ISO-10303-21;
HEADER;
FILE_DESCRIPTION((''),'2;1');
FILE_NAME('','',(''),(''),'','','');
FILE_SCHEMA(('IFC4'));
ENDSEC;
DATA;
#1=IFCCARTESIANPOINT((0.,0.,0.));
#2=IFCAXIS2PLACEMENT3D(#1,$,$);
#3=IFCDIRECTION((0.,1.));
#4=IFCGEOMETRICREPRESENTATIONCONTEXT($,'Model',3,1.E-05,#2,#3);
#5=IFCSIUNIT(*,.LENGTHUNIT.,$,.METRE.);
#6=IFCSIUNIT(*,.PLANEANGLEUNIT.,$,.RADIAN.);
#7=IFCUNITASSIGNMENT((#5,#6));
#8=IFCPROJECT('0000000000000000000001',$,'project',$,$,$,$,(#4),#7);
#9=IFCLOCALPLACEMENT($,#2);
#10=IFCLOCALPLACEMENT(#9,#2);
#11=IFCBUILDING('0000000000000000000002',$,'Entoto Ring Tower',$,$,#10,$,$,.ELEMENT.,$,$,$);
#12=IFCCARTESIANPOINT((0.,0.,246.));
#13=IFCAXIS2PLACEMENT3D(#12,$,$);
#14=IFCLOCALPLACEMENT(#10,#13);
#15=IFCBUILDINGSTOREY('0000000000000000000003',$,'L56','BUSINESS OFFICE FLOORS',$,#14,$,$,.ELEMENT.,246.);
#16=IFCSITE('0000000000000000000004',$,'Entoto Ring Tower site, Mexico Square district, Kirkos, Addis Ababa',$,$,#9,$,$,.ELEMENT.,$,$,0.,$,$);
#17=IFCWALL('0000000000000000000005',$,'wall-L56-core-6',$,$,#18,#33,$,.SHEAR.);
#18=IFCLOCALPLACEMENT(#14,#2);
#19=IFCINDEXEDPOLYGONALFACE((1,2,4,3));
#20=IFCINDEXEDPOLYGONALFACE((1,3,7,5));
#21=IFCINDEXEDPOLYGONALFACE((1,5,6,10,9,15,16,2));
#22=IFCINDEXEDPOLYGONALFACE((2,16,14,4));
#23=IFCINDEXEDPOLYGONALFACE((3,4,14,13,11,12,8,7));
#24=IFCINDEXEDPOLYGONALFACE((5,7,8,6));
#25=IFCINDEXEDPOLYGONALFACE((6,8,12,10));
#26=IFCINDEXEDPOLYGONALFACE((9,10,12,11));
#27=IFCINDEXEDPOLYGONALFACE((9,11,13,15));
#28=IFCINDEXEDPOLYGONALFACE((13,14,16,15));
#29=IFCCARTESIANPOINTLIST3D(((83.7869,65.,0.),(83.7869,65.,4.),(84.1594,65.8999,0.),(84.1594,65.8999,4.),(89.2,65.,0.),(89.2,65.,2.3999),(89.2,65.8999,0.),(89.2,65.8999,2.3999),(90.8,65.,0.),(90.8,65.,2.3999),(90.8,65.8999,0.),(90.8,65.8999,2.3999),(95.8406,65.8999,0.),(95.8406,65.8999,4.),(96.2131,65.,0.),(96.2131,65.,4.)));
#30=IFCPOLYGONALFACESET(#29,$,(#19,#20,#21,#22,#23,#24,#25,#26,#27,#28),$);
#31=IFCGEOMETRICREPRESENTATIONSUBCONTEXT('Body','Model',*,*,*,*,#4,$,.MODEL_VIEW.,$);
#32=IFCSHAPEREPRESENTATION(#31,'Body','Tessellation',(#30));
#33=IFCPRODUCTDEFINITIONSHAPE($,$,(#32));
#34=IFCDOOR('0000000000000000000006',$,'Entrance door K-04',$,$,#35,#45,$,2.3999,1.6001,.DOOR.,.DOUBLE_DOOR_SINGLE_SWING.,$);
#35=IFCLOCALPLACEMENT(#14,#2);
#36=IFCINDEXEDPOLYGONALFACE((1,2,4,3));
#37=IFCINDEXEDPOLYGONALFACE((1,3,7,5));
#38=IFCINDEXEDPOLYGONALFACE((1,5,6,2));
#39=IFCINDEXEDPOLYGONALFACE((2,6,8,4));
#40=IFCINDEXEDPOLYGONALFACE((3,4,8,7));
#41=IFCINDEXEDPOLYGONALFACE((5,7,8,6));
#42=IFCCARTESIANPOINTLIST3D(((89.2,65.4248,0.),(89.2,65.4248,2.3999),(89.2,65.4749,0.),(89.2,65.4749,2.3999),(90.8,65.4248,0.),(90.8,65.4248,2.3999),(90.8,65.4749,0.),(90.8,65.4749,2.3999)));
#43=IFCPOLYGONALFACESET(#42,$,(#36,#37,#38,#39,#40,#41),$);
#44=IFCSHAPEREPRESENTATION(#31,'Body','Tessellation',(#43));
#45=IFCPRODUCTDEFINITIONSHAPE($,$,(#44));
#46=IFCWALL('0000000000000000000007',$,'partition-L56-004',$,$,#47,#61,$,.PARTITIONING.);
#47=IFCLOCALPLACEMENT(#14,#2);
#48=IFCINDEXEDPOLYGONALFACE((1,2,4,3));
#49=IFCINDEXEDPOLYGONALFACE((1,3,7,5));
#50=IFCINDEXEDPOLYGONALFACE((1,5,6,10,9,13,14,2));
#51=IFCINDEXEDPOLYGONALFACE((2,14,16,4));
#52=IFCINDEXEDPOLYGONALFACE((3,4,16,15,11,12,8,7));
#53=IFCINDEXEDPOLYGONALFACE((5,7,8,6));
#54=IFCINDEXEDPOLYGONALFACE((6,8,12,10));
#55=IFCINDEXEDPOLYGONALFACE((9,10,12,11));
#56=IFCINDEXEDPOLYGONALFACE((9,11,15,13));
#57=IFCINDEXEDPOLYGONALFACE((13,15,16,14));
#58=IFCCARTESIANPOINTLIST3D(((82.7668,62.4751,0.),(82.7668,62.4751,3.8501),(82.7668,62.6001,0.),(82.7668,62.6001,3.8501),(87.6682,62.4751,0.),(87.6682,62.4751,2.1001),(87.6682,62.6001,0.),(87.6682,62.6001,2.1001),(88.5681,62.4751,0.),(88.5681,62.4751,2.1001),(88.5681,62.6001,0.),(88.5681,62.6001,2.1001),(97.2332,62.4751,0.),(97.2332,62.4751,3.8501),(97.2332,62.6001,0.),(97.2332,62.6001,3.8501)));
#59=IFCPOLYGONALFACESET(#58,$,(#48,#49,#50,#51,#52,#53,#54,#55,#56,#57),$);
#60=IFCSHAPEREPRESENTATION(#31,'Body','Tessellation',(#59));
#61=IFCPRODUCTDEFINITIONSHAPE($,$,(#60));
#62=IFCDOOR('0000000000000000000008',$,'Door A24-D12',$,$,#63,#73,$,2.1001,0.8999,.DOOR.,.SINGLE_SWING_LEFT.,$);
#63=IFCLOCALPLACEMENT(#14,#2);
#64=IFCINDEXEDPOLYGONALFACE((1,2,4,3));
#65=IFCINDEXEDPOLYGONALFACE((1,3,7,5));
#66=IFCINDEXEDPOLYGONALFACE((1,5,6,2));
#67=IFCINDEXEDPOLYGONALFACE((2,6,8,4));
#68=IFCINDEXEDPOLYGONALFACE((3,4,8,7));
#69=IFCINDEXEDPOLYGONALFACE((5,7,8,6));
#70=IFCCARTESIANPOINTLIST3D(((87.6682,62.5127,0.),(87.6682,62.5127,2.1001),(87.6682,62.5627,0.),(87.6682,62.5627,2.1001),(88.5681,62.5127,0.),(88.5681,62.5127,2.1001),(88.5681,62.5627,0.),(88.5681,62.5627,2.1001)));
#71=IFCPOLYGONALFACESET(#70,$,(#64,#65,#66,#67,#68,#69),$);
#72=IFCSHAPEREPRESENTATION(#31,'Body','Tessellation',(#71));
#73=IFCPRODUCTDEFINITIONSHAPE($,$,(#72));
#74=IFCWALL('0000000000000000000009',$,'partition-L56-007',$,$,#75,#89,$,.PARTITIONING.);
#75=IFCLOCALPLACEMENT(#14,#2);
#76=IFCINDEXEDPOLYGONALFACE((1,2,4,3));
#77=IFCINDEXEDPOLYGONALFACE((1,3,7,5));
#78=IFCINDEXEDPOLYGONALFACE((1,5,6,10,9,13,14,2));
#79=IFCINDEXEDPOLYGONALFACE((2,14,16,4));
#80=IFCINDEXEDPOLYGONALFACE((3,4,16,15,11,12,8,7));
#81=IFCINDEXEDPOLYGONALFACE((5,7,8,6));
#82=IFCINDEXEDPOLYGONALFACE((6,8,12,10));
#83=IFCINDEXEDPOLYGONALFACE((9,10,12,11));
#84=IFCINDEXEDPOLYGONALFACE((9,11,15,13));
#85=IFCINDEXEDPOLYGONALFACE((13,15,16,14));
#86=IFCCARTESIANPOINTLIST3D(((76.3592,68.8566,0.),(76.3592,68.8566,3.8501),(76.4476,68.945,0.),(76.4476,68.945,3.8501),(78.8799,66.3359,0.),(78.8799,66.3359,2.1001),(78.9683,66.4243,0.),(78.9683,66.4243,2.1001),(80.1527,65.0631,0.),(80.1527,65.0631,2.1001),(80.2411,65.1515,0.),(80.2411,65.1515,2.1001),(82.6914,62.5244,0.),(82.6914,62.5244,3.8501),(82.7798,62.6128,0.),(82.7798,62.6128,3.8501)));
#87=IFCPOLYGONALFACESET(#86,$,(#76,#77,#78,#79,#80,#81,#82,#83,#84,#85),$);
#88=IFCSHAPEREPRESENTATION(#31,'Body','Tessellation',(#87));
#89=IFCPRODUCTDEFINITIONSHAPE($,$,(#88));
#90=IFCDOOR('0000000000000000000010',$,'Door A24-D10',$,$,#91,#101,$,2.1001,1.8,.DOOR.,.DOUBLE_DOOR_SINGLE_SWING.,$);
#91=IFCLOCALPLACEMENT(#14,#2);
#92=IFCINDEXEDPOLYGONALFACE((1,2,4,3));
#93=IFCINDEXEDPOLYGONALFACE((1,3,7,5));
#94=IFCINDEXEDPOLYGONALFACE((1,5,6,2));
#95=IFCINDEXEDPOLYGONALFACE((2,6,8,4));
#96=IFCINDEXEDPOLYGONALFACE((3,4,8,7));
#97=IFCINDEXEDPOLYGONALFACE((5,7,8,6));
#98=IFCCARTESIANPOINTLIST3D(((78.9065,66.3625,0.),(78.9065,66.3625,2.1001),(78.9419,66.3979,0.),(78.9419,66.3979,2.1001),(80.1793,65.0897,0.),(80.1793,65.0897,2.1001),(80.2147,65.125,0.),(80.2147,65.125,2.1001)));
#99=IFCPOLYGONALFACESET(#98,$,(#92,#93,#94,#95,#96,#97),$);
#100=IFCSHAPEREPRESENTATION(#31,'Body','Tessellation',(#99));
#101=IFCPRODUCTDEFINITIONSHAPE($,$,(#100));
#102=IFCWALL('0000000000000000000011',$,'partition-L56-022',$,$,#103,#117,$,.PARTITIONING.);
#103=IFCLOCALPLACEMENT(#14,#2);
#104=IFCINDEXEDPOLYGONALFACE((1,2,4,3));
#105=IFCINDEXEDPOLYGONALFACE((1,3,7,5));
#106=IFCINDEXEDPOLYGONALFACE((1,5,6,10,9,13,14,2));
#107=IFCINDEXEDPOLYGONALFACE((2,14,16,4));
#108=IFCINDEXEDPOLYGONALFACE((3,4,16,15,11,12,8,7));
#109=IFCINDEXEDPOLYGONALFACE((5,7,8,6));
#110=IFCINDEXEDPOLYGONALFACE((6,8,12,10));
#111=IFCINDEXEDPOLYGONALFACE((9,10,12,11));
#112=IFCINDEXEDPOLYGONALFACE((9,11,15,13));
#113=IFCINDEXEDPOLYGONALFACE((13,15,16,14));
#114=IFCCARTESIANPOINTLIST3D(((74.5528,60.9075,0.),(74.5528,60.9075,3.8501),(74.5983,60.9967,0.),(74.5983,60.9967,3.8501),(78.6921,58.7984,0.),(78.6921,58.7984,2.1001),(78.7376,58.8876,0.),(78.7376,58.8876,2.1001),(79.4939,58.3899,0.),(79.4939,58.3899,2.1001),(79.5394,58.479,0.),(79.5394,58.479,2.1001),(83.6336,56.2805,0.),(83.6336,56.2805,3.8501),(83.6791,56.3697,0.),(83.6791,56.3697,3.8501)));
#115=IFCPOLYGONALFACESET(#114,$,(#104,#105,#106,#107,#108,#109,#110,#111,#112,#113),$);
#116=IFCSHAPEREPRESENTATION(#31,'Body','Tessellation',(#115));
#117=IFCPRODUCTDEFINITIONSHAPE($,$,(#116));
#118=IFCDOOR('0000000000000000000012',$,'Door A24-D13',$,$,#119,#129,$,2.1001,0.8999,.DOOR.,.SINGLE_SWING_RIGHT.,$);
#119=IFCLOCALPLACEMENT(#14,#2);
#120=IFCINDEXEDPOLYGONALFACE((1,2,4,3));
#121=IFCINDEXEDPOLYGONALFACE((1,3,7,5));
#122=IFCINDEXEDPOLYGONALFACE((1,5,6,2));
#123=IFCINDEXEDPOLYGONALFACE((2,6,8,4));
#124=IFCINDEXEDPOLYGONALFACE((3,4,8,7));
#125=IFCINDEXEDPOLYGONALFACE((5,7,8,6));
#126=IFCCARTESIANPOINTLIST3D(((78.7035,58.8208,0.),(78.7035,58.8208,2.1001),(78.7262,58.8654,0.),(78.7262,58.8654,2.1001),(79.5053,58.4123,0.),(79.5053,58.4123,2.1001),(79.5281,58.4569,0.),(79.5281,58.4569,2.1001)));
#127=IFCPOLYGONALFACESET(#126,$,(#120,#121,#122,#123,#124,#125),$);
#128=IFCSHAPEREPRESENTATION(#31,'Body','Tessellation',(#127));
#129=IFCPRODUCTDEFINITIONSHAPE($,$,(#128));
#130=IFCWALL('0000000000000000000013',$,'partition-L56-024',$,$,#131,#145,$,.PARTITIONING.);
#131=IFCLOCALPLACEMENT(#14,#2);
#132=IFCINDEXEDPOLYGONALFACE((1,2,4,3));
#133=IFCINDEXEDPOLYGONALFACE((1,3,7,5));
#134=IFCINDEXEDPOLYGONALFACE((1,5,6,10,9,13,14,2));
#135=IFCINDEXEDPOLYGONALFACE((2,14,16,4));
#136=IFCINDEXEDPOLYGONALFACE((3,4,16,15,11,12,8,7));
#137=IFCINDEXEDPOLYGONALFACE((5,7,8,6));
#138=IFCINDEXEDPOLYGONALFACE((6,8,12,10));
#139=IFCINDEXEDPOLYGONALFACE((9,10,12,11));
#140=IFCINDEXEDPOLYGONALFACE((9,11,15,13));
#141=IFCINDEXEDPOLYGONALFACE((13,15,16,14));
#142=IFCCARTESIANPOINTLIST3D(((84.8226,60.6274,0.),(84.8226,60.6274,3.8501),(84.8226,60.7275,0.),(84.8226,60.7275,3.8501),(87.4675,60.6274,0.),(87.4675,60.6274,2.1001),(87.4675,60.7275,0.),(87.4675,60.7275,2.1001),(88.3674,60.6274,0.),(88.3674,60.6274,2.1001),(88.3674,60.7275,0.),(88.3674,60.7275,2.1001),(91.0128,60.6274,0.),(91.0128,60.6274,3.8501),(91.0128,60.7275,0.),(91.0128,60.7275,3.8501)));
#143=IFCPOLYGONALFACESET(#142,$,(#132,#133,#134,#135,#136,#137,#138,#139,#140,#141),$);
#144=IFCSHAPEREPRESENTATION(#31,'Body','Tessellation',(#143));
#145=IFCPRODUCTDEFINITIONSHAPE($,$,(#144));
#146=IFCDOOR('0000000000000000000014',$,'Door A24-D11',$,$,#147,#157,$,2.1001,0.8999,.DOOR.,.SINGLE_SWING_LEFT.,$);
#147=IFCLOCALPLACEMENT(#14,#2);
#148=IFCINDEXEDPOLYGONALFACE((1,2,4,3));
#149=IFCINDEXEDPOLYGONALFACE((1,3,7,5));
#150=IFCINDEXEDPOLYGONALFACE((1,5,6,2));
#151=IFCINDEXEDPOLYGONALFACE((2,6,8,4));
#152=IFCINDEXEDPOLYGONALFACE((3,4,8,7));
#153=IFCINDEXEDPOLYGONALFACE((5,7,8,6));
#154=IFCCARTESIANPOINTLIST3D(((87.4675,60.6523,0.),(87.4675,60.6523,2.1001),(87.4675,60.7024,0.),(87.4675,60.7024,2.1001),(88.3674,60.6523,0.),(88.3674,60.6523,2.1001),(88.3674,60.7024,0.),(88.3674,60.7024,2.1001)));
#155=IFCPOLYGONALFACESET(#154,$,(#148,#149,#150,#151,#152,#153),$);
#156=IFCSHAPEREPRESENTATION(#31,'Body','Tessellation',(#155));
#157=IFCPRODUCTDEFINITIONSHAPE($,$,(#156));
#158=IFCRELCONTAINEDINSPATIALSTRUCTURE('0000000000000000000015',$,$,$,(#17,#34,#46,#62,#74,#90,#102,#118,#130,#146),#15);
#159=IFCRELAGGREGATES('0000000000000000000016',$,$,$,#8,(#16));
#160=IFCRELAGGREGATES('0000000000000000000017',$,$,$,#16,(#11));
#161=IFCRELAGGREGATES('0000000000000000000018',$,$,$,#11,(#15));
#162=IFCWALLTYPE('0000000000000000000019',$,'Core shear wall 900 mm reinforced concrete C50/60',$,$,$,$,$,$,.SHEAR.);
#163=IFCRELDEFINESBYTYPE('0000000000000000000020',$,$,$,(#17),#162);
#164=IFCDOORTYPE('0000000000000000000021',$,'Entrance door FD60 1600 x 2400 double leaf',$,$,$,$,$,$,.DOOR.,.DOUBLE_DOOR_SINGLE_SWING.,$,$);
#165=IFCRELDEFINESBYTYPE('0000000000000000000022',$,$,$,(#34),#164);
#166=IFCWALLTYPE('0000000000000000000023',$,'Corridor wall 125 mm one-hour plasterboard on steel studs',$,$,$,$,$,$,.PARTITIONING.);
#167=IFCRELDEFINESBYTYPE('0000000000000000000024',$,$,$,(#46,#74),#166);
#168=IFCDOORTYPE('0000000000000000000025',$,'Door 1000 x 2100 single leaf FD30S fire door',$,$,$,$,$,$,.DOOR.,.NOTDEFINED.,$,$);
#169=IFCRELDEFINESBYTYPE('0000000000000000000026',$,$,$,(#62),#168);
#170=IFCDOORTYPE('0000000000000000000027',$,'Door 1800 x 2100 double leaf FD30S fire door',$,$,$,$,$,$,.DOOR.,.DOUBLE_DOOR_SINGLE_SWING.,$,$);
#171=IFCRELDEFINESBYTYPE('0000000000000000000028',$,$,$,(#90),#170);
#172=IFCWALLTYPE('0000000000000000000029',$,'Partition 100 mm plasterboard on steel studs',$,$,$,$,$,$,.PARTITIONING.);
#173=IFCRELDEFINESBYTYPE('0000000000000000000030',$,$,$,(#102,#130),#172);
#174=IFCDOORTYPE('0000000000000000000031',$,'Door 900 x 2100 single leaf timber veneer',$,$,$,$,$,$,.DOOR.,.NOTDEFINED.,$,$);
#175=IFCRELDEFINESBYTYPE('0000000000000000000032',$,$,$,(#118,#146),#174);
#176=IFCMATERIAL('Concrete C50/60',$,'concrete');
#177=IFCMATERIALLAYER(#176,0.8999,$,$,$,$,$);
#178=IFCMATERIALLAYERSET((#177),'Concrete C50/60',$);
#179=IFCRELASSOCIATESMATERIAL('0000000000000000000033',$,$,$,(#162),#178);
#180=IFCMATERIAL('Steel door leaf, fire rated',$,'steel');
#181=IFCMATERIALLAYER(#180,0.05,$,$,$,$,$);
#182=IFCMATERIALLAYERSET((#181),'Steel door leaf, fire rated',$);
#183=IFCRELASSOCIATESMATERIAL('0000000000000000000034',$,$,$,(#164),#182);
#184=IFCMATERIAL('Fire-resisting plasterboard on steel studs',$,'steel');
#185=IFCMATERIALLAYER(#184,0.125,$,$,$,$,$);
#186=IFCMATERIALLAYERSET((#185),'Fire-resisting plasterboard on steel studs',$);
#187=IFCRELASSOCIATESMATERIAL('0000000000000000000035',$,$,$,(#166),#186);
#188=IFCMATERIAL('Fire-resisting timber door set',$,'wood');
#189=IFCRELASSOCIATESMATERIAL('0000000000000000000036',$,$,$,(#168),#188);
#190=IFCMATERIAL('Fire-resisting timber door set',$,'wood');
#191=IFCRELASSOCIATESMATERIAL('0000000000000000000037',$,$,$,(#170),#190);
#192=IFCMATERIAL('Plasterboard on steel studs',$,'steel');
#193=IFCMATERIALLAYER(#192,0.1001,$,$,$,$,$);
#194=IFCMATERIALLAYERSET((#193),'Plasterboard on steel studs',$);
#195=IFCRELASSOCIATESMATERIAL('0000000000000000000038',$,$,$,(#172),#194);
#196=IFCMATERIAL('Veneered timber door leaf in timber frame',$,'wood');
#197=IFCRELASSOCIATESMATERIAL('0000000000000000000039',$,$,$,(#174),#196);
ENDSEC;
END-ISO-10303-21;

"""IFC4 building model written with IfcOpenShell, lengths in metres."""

from ifc_helpers import new_model, si_unit, direction, frame, frame_2d, origin, place, context, subcontext, project, spatial, polyline, rectangle, outline, extrude, material, layer, layer_set, type_object, element, fill, save


model = new_model("IFC4")

# Units and contexts
model_context = context("Model", 3, precision=1e-05, world=origin(), true_north=direction((0.0, 1.0)))
body_context = subcontext(model_context, "Body", "Model", "MODEL_VIEW")
ifc_project = project(units=[si_unit("LENGTHUNIT", "METRE"), si_unit("PLANEANGLEUNIT", "RADIAN")], contexts=[model_context])

# Site, building, storey
site_placement = place(None, origin())
site = spatial("IfcSite", under=ifc_project, at=site_placement, Name="Entoto Ring Tower site, Mexico Square district, Kirkos, Addis Ababa", CompositionType="ELEMENT", RefElevation=0.0)
building_placement = place(site_placement, origin())
building = spatial("IfcBuilding", under=site, at=building_placement, Name="Entoto Ring Tower", CompositionType="ELEMENT")
storey_placement = place(building_placement, frame((0.0, 0.0, 246.0)))
storey = spatial("IfcBuildingStorey", under=building, at=storey_placement, Name="L56", Description="BUSINESS OFFICE FLOORS", CompositionType="ELEMENT", Elevation=246.0)

# Walls, openings, doors
ifc_material_1 = material(Name="Concrete C50/60", Category="concrete")
ifc_layer_1 = layer(ifc_material_1, 0.8999)
ifc_layer_set_1 = layer_set([ifc_layer_1], Name="Concrete C50/60")
wall_type_1 = type_object("IfcWallType", Name="Core shear wall 900 mm reinforced concrete C50/60", PredefinedType="SHEAR", material=ifc_layer_set_1)
wall_1_placement = place(storey_placement, frame((83.9731, 65.45, 0.0), z_axis=(0.0, 0.0, 1.0), x_axis=(1.0, 0.0, 0.0)))
wall_1 = element("IfcWall", 1, at=wall_1_placement, inside=storey, type_object=wall_type_1, Name="wall-L56-core-6", PredefinedType="SHEAR", context=body_context, shape_type="SweptSolid", body=[
    extrude(outline(polyline([(-0.1863, -0.45), (12.24, -0.45), (11.8674, 0.45), (0.1863, 0.45), (-0.1863, -0.45)])), origin(), (0.0, 0.0, 1.0), 4.0),
])
opening_1_placement = place(wall_1_placement, frame((5.2268, 0.0, 0.0)))
opening_1 = element("IfcOpeningElement", 2, at=opening_1_placement, cuts=wall_1, PredefinedType="OPENING", context=body_context, shape_type="SweptSolid", body=[
    extrude(rectangle(XDim=1.6001, YDim=2.3999, at=frame_2d((0.8, 1.2))), frame((0.0, 0.46, 0.0), z_axis=(0.0, -1.0, 0.0), x_axis=(1.0, 0.0, 0.0)), (0.0, 0.0, 1.0), 0.9199),
])
ifc_material_2 = material(Name="Steel door leaf, fire rated", Category="steel")
ifc_layer_2 = layer(ifc_material_2, 0.05)
ifc_layer_set_2 = layer_set([ifc_layer_2], Name="Steel door leaf, fire rated")
door_type_1 = type_object("IfcDoorType", Name="Entrance door FD60 1600 x 2400 double leaf", OperationType="DOUBLE_DOOR_SINGLE_SWING", PredefinedType="DOOR", material=ifc_layer_set_2)
door_1_placement = place(opening_1_placement, origin())
door_1 = element("IfcDoor", 3, at=door_1_placement, inside=storey, type_object=door_type_1, Name="Entrance door K-04", OperationType="DOUBLE_DOOR_SINGLE_SWING", OverallHeight=2.3999, OverallWidth=1.6001, PredefinedType="DOOR", context=body_context, shape_type="SweptSolid", body=[
    extrude(rectangle(XDim=1.6001, YDim=2.3999, at=frame_2d((0.8, 1.2))), frame((0.0, 0.0249, 0.0), z_axis=(0.0, -1.0, 0.0), x_axis=(1.0, 0.0, 0.0)), (0.0, 0.0, 1.0), 0.05),
])
fill(opening_1, door_1)
ifc_material_3 = material(Name="Fire-resisting plasterboard on steel studs", Category="steel")
ifc_layer_3 = layer(ifc_material_3, 0.125)
ifc_layer_set_3 = layer_set([ifc_layer_3], Name="Fire-resisting plasterboard on steel studs")
wall_type_2 = type_object("IfcWallType", Name="Corridor wall 125 mm one-hour plasterboard on steel studs", PredefinedType="PARTITIONING", material=ifc_layer_set_3)
wall_2_placement = place(storey_placement, frame((82.7668, 62.5376, 0.0), z_axis=(0.0, 0.0, 1.0), x_axis=(1.0, 0.0, 0.0)))
wall_2 = element("IfcWall", 4, at=wall_2_placement, inside=storey, type_object=wall_type_2, Name="partition-L56-004", PredefinedType="PARTITIONING", context=body_context, shape_type="SweptSolid", body=[
    extrude(rectangle(XDim=14.4663, YDim=0.125, at=frame_2d((7.2332, 0.0))), origin(), (0.0, 0.0, 1.0), 3.8501),
])
opening_2_placement = place(wall_2_placement, frame((4.9014, 0.0, 0.0)))
opening_2 = element("IfcOpeningElement", 5, at=opening_2_placement, cuts=wall_2, PredefinedType="OPENING", context=body_context, shape_type="SweptSolid", body=[
    extrude(rectangle(XDim=0.8999, YDim=2.1001, at=frame_2d((0.45, 1.05))), frame((0.0, 0.0725, 0.0), z_axis=(0.0, -1.0, 0.0), x_axis=(1.0, 0.0, 0.0)), (0.0, 0.0, 1.0), 0.145),
])
ifc_material_4 = material(Name="Fire-resisting timber door set", Category="wood")
door_type_2 = type_object("IfcDoorType", Name="Door 1000 x 2100 single leaf FD30S fire door", OperationType="NOTDEFINED", PredefinedType="DOOR", material=ifc_material_4)
door_2_placement = place(opening_2_placement, frame((0.8999, 0.0, 0.0), z_axis=(0.0, 0.0, 1.0), x_axis=(-1.0, 0.0, 0.0)))
door_2 = element("IfcDoor", 6, at=door_2_placement, inside=storey, type_object=door_type_2, Name="Door A24-D12", OperationType="SINGLE_SWING_LEFT", OverallHeight=2.1001, OverallWidth=0.8999, PredefinedType="DOOR", context=body_context, shape_type="SweptSolid", body=[
    extrude(rectangle(XDim=0.8999, YDim=2.1001, at=frame_2d((0.45, 1.05))), frame((0.0, 0.0249, 0.0), z_axis=(0.0, -1.0, 0.0), x_axis=(1.0, 0.0, 0.0)), (0.0, 0.0, 1.0), 0.05),
])
fill(opening_2, door_2)
wall_3_placement = place(storey_placement, frame((82.7356, 62.5686, 0.0), z_axis=(0.0, 0.0, 1.0), x_axis=(-0.707107, 0.707107, 0.0)))
wall_3 = element("IfcWall", 7, at=wall_3_placement, inside=storey, type_object=wall_type_2, Name="partition-L56-007", PredefinedType="PARTITIONING", context=body_context, shape_type="SweptSolid", body=[
    extrude(rectangle(XDim=8.9551, YDim=0.125, at=frame_2d((4.4775, 0.0))), origin(), (0.0, 0.0, 1.0), 3.8501),
])
opening_3_placement = place(wall_3_placement, frame((3.5903, 0.0, 0.0)))
opening_3 = element("IfcOpeningElement", 8, at=opening_3_placement, cuts=wall_3, PredefinedType="OPENING", context=body_context, shape_type="SweptSolid", body=[
    extrude(rectangle(XDim=1.8, YDim=2.1001, at=frame_2d((0.8999, 1.05))), frame((0.0, 0.0725, 0.0), z_axis=(0.0, -1.0, 0.0), x_axis=(1.0, 0.0, 0.0)), (0.0, 0.0, 1.0), 0.145),
])
ifc_material_5 = material(Name="Fire-resisting timber door set", Category="wood")
door_type_3 = type_object("IfcDoorType", Name="Door 1800 x 2100 double leaf FD30S fire door", OperationType="DOUBLE_DOOR_SINGLE_SWING", PredefinedType="DOOR", material=ifc_material_5)
door_3_placement = place(opening_3_placement, origin())
door_3 = element("IfcDoor", 9, at=door_3_placement, inside=storey, type_object=door_type_3, Name="Door A24-D10", OperationType="DOUBLE_DOOR_SINGLE_SWING", OverallHeight=2.1001, OverallWidth=1.8, PredefinedType="DOOR", context=body_context, shape_type="SweptSolid", body=[
    extrude(rectangle(XDim=1.8, YDim=2.1001, at=frame_2d((0.8999, 1.05))), frame((0.0, 0.0249, 0.0), z_axis=(0.0, -1.0, 0.0), x_axis=(1.0, 0.0, 0.0)), (0.0, 0.0, 1.0), 0.05),
])
fill(opening_3, door_3)
ifc_material_6 = material(Name="Plasterboard on steel studs", Category="steel")
ifc_layer_4 = layer(ifc_material_6, 0.1001)
ifc_layer_set_4 = layer_set([ifc_layer_4], Name="Plasterboard on steel studs")
wall_type_3 = type_object("IfcWallType", Name="Partition 100 mm plasterboard on steel studs", PredefinedType="PARTITIONING", material=ifc_layer_set_4)
wall_4_placement = place(storey_placement, frame((83.6562, 56.3252, 0.0), z_axis=(0.0, 0.0, 1.0), x_axis=(-0.891005, 0.453994, 0.0)))
wall_4 = element("IfcWall", 10, at=wall_4_placement, inside=storey, type_object=wall_type_3, Name="partition-L56-022", PredefinedType="PARTITIONING", context=body_context, shape_type="SweptSolid", body=[
    extrude(rectangle(XDim=10.1917, YDim=0.1001, at=frame_2d((5.0957, 0.0))), origin(), (0.0, 0.0, 1.0), 3.8501),
])
opening_4_placement = place(wall_4_placement, frame((4.646, 0.0, 0.0)))
opening_4 = element("IfcOpeningElement", 11, at=opening_4_placement, cuts=wall_4, PredefinedType="OPENING", context=body_context, shape_type="SweptSolid", body=[
    extrude(rectangle(XDim=0.8999, YDim=2.1001, at=frame_2d((0.45, 1.05))), frame((0.0, 0.0601, 0.0), z_axis=(0.0, -1.0, 0.0), x_axis=(1.0, 0.0, 0.0)), (0.0, 0.0, 1.0), 0.1201),
])
ifc_material_7 = material(Name="Veneered timber door leaf in timber frame", Category="wood")
door_type_4 = type_object("IfcDoorType", Name="Door 900 x 2100 single leaf timber veneer", OperationType="NOTDEFINED", PredefinedType="DOOR", material=ifc_material_7)
door_4_placement = place(opening_4_placement, origin())
door_4 = element("IfcDoor", 12, at=door_4_placement, inside=storey, type_object=door_type_4, Name="Door A24-D13", OperationType="SINGLE_SWING_RIGHT", OverallHeight=2.1001, OverallWidth=0.8999, PredefinedType="DOOR", context=body_context, shape_type="SweptSolid", body=[
    extrude(rectangle(XDim=0.8999, YDim=2.1001, at=frame_2d((0.45, 1.05))), frame((0.0, 0.0249, 0.0), z_axis=(0.0, -1.0, 0.0), x_axis=(1.0, 0.0, 0.0)), (0.0, 0.0, 1.0), 0.05),
])
fill(opening_4, door_4)
wall_5_placement = place(storey_placement, frame((84.8225, 60.6775, 0.0), z_axis=(0.0, 0.0, 1.0), x_axis=(1.0, 0.0, 0.0)))
wall_5 = element("IfcWall", 13, at=wall_5_placement, inside=storey, type_object=wall_type_3, Name="partition-L56-024", PredefinedType="PARTITIONING", context=body_context, shape_type="SweptSolid", body=[
    extrude(rectangle(XDim=6.1902, YDim=0.1001, at=frame_2d((3.0952, 0.0))), origin(), (0.0, 0.0, 1.0), 3.8501),
])
opening_5_placement = place(wall_5_placement, frame((2.645, 0.0, 0.0)))
opening_5 = element("IfcOpeningElement", 14, at=opening_5_placement, cuts=wall_5, PredefinedType="OPENING", context=body_context, shape_type="SweptSolid", body=[
    extrude(rectangle(XDim=0.8999, YDim=2.1001, at=frame_2d((0.45, 1.05))), frame((0.0, 0.0601, 0.0), z_axis=(0.0, -1.0, 0.0), x_axis=(1.0, 0.0, 0.0)), (0.0, 0.0, 1.0), 0.1201),
])
door_5_placement = place(opening_5_placement, origin())
door_5 = element("IfcDoor", 15, at=door_5_placement, inside=storey, type_object=door_type_4, Name="Door A24-D11", OperationType="SINGLE_SWING_LEFT", OverallHeight=2.1001, OverallWidth=0.8999, PredefinedType="DOOR", context=body_context, shape_type="SweptSolid", body=[
    extrude(rectangle(XDim=0.8999, YDim=2.1001, at=frame_2d((0.45, 1.05))), frame((0.0, 0.0249, 0.0), z_axis=(0.0, -1.0, 0.0), x_axis=(1.0, 0.0, 0.0)), (0.0, 0.0, 1.0), 0.05),
])
fill(opening_5, door_5)

save(model, "model.ifc")
